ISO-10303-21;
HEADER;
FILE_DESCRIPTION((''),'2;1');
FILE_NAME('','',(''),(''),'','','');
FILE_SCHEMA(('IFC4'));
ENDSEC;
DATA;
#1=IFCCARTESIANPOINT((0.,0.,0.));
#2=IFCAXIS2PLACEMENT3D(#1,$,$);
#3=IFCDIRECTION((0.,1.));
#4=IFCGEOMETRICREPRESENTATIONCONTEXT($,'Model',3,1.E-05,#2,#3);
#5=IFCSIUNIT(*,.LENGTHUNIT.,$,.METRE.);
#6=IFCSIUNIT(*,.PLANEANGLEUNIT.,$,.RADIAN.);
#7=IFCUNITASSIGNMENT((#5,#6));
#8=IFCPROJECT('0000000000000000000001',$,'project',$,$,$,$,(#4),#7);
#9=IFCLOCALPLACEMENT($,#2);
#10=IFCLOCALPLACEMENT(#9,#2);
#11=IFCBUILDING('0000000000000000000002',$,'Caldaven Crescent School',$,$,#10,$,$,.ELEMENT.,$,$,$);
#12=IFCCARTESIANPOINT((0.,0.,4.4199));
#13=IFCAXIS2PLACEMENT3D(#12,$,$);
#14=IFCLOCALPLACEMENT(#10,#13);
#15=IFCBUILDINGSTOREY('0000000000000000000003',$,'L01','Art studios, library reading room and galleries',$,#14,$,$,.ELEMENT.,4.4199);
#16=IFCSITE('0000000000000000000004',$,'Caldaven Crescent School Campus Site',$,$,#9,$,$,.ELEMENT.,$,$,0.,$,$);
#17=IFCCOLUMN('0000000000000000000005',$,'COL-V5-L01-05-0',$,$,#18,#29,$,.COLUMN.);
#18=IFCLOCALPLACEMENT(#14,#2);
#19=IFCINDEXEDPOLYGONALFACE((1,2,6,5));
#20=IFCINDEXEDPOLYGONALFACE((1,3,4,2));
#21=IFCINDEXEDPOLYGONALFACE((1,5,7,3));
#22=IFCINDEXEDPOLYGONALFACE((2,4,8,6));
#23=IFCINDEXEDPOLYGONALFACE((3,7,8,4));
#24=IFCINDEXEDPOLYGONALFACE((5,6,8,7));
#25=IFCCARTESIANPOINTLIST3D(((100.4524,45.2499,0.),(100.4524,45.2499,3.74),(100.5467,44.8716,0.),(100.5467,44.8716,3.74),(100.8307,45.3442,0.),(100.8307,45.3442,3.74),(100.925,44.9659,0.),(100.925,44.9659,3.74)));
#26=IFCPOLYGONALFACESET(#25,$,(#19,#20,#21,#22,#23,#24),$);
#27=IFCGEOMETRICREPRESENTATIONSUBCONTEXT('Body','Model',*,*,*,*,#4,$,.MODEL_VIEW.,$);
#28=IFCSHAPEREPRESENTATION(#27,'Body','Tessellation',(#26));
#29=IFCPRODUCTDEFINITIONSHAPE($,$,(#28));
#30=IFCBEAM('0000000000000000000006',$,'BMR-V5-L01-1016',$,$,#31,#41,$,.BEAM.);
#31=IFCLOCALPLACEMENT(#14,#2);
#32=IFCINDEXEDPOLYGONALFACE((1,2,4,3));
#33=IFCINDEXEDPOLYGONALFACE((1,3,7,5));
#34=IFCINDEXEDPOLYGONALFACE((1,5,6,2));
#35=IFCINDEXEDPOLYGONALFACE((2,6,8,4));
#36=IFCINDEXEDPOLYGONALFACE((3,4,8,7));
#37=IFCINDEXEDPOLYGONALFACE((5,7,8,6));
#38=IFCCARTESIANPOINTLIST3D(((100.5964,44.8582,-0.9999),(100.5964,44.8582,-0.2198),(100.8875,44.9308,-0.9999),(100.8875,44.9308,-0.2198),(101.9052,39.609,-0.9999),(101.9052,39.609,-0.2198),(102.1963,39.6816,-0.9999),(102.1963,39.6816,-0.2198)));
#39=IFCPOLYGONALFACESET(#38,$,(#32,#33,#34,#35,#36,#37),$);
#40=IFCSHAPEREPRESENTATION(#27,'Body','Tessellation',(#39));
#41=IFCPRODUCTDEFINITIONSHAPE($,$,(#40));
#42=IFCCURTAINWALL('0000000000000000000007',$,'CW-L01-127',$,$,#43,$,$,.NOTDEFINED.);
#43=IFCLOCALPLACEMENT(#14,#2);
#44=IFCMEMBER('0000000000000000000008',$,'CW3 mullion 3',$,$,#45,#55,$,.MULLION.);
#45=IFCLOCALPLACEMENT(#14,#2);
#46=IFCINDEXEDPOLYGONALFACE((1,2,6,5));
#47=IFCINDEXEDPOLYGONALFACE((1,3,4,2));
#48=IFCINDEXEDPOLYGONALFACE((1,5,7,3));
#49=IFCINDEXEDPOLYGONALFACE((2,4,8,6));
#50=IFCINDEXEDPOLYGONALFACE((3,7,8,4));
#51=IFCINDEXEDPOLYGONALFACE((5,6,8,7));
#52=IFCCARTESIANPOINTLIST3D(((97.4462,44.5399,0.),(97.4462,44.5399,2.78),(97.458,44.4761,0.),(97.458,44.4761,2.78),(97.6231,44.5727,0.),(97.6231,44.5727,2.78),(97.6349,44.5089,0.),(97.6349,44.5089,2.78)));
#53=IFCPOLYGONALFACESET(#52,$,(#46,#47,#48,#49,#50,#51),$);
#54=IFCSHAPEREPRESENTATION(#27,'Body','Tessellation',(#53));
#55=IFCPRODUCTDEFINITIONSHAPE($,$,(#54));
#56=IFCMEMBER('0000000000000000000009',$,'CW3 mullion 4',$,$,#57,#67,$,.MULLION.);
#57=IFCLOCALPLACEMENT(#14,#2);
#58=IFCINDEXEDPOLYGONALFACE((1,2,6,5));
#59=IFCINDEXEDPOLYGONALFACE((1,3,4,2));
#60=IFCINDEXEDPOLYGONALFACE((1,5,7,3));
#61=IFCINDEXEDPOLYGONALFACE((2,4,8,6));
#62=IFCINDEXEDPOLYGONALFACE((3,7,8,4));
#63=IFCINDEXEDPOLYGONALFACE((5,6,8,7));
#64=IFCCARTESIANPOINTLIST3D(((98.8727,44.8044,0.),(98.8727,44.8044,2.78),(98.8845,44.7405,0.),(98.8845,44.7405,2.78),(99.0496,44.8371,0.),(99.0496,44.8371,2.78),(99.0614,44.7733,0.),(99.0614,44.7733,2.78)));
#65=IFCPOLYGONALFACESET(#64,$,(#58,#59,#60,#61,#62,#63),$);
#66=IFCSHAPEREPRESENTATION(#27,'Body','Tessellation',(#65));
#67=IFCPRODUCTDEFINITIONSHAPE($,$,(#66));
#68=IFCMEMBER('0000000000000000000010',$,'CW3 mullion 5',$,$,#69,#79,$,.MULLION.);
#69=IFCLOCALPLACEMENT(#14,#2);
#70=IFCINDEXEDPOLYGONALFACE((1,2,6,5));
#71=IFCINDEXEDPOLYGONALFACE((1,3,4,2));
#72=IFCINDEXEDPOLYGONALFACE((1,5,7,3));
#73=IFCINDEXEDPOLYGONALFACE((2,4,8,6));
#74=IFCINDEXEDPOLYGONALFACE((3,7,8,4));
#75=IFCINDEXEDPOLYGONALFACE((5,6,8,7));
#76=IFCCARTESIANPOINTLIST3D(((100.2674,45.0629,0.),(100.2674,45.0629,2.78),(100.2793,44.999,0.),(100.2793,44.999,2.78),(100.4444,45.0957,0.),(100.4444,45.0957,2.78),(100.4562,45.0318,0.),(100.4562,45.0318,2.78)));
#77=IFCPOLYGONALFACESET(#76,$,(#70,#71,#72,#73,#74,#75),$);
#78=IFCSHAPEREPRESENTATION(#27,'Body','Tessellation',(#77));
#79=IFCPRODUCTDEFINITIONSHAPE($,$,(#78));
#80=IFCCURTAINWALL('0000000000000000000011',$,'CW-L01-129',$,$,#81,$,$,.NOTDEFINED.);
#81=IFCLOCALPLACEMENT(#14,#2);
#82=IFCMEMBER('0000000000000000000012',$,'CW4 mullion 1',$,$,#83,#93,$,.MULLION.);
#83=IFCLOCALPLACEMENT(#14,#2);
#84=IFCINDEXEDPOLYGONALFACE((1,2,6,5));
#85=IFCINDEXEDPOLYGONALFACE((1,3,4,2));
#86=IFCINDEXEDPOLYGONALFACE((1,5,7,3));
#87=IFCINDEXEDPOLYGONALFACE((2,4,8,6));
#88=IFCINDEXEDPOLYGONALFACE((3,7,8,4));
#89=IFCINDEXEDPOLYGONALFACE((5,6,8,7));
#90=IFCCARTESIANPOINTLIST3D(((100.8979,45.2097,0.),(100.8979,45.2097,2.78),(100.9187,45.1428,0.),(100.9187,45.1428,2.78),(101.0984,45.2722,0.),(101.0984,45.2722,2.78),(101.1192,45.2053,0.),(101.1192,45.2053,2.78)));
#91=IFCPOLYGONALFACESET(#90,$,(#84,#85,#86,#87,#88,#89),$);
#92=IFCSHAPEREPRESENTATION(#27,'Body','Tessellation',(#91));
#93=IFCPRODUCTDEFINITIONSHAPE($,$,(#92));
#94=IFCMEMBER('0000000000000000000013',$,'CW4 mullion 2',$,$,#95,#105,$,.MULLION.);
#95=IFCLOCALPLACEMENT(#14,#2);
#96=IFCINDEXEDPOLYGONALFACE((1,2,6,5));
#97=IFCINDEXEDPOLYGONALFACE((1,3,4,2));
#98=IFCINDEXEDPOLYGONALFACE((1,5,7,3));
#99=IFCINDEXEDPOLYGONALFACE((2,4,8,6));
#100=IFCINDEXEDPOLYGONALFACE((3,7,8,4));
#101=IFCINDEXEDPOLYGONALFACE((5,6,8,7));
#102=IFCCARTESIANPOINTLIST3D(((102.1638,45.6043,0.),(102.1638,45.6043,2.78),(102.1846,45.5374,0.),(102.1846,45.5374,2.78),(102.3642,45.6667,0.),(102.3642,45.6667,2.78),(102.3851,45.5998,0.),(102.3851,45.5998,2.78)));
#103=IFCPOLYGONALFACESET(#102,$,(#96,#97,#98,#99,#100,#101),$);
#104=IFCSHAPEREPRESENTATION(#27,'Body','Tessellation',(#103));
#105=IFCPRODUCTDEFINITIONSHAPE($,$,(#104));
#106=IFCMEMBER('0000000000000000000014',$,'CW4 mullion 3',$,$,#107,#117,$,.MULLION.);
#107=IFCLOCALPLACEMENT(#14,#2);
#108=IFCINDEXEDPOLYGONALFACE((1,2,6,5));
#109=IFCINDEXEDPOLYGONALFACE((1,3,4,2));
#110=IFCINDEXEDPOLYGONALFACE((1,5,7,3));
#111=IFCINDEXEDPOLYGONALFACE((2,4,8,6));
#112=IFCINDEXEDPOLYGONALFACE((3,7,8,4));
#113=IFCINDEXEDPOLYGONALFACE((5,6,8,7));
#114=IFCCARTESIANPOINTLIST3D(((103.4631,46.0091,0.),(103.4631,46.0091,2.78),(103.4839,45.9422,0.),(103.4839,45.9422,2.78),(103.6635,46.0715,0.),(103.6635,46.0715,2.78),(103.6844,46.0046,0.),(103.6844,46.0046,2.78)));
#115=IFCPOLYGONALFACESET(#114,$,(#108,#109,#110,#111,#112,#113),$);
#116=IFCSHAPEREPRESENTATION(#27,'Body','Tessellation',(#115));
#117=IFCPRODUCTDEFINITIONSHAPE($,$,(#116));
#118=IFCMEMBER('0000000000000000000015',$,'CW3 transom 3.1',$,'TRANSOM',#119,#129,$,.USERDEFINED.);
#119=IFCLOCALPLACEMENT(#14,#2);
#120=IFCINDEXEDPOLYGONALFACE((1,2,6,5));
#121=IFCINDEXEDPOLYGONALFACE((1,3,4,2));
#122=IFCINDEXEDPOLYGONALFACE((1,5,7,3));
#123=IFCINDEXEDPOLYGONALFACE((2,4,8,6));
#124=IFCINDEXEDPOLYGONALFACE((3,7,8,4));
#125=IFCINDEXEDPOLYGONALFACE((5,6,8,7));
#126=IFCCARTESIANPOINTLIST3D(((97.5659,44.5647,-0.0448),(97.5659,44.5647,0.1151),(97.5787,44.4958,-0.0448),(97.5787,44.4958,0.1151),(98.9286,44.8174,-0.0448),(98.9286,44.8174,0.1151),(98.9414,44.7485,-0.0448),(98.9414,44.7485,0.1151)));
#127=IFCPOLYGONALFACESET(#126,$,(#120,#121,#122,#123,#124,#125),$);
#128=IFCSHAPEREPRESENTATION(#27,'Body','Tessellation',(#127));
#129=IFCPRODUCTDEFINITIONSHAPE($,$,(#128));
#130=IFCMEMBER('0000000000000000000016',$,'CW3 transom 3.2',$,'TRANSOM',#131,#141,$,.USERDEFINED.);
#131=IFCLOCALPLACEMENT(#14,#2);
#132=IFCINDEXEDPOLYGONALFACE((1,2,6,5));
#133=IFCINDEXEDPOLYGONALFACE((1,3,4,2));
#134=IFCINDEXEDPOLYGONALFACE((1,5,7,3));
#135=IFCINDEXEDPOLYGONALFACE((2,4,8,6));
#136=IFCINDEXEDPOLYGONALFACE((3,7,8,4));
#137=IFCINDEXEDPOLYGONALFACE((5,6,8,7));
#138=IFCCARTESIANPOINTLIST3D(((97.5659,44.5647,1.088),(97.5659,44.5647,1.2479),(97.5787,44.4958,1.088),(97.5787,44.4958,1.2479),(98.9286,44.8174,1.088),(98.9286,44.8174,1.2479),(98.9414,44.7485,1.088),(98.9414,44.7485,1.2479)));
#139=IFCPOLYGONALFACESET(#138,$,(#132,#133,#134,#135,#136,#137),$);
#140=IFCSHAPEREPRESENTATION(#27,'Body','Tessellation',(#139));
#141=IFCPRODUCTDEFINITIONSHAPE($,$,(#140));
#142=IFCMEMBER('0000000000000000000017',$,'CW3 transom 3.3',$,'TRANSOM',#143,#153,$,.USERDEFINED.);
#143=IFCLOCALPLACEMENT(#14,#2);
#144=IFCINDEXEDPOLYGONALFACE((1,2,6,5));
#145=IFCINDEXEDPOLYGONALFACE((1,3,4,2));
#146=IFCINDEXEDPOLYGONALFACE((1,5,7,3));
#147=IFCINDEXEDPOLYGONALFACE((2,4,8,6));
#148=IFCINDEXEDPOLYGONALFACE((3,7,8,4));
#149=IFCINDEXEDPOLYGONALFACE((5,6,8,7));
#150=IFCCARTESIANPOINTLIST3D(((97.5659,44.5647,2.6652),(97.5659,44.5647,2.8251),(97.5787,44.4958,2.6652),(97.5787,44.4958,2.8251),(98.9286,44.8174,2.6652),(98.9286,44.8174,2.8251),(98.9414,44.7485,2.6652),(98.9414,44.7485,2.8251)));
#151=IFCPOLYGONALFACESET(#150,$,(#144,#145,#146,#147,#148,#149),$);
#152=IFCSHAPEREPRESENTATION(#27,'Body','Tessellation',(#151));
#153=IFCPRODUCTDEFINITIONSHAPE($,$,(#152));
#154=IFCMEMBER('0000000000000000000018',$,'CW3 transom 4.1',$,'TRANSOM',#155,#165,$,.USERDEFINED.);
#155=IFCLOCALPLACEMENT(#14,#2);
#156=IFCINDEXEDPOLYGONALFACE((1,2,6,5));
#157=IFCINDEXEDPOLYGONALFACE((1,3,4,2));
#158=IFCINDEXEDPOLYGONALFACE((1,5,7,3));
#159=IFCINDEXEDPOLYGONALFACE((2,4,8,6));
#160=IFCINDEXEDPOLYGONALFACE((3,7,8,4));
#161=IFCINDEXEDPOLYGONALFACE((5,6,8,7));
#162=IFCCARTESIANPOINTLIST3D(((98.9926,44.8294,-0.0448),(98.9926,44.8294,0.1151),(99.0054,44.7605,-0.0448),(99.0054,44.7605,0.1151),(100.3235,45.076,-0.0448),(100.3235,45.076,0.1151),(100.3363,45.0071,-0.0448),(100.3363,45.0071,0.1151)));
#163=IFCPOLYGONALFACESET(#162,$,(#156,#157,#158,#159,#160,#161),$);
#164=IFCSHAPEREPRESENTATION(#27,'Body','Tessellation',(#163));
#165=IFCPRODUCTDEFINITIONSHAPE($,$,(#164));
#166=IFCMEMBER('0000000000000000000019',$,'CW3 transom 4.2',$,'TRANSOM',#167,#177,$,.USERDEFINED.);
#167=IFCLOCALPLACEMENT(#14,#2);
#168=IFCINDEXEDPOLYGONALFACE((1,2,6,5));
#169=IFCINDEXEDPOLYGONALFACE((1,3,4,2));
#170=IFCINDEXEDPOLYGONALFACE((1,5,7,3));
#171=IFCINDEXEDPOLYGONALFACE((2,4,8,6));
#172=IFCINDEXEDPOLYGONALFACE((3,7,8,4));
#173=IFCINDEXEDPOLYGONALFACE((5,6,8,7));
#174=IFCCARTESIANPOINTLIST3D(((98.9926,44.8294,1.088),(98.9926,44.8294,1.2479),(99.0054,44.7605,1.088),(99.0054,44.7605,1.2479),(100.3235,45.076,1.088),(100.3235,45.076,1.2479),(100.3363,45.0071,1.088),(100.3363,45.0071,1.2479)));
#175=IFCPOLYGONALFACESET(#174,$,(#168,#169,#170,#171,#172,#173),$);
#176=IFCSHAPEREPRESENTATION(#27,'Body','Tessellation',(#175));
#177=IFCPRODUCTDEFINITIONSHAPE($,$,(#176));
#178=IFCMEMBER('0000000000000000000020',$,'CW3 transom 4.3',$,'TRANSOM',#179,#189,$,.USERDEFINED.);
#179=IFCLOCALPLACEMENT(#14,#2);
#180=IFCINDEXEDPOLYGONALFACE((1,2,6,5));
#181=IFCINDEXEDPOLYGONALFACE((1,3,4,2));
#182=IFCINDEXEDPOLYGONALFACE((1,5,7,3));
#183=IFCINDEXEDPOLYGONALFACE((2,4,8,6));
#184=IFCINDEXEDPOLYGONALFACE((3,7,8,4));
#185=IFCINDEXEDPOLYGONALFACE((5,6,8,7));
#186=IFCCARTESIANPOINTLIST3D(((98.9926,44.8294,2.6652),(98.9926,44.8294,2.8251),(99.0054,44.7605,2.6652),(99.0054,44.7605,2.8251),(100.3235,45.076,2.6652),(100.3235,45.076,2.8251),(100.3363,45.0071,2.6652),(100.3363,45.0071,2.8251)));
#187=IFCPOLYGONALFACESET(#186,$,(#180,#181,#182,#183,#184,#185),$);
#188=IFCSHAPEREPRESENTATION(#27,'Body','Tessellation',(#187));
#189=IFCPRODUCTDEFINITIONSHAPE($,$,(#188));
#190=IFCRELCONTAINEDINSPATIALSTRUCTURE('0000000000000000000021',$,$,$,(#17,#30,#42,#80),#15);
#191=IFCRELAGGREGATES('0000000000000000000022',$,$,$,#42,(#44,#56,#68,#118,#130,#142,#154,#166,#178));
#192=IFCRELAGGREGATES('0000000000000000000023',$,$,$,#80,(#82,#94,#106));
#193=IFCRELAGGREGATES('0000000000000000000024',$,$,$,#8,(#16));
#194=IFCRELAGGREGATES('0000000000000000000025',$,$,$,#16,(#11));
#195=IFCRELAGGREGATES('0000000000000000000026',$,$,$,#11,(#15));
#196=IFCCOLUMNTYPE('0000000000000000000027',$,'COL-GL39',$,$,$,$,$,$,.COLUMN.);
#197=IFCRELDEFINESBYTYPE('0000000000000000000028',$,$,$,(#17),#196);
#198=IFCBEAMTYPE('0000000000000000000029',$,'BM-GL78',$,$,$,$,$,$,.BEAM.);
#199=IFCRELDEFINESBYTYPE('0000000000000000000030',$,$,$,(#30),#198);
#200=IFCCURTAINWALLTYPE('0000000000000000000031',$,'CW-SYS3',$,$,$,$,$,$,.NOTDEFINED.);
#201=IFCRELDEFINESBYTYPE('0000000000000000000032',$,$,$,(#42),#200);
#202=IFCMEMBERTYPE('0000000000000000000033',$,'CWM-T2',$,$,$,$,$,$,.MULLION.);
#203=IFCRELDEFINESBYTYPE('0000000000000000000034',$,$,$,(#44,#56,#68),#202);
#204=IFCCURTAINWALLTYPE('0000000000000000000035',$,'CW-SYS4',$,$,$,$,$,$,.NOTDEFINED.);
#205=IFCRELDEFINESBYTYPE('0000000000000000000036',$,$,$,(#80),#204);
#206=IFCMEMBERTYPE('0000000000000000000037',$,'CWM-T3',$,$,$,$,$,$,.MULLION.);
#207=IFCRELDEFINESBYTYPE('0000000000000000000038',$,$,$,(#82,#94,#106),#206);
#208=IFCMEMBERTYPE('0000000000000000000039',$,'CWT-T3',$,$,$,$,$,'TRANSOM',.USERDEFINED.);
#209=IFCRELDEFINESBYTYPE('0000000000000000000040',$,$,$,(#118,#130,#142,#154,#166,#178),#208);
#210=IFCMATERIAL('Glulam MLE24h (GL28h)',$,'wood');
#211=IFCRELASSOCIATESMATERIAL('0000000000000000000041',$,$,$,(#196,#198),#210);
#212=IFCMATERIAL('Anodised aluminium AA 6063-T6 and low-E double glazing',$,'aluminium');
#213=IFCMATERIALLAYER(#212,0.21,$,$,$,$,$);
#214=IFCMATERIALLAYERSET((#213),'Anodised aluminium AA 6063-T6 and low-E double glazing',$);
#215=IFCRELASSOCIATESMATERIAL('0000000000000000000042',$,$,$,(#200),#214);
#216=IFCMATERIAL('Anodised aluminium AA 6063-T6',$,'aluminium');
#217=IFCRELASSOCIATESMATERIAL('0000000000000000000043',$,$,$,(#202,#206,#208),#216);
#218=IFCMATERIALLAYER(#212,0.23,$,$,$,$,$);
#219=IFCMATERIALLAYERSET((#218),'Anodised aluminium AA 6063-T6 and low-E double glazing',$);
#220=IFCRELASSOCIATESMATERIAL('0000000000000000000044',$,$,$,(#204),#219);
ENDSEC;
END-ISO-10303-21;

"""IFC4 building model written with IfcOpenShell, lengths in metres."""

from ifc_helpers import new_model, si_unit, direction, frame, origin, origin_2d, place, context, subcontext, project, spatial, rectangle, extrude, material, layer, layer_set, material_profile, profile_set, type_object, element, aggregate, save


model = new_model("IFC4")

# Units and contexts
model_context = context("Model", 3, precision=1e-05, world=origin(), true_north=direction((0.0, 1.0)))
body_context = subcontext(model_context, "Body", "Model", "MODEL_VIEW")
ifc_project = project(units=[si_unit("LENGTHUNIT", "METRE"), si_unit("PLANEANGLEUNIT", "RADIAN")], contexts=[model_context])

# Site, building, storey
site_placement = place(None, origin())
site = spatial("IfcSite", under=ifc_project, at=site_placement, Name="Caldaven Crescent School Campus Site", CompositionType="ELEMENT", RefElevation=0.0)
building_placement = place(site_placement, origin())
building = spatial("IfcBuilding", under=site, at=building_placement, Name="Caldaven Crescent School", CompositionType="ELEMENT")
storey_placement = place(building_placement, frame((0.0, 0.0, 4.4199)))
storey = spatial("IfcBuildingStorey", under=building, at=storey_placement, Name="L01", Description="Art studios, library reading room and galleries", CompositionType="ELEMENT", Elevation=4.4199)

# Column
ifc_material_1 = material(Name="Glulam MLE24h (GL28h)", Category="wood")
ifc_material_profile_1 = material_profile(ifc_material_1, rectangle(XDim=0.3899, YDim=0.3899, at=origin_2d()), Name="MLE 390x390")
ifc_profile_set_1 = profile_set([ifc_material_profile_1], Name="Glulam MLE24h (GL28h)")
column_type = type_object("IfcColumnType", Name="COL-GL39", PredefinedType="COLUMN", material=ifc_profile_set_1)
column_placement = place(storey_placement, frame((100.6887, 45.1079, 0.0), z_axis=(0.0, 0.0, 1.0), x_axis=(0.241922, -0.970296, 0.0)))
element("IfcColumn", 1, at=column_placement, inside=storey, type_object=column_type, Name="COL-V5-L01-05-0", PredefinedType="COLUMN", context=body_context, shape_type="SweptSolid", body=[
    extrude(rectangle(XDim=0.3899, YDim=0.3899, at=origin_2d()), origin(), (0.0, 0.0, 1.0), 3.74),
])

# Beam
ifc_material_profile_2 = material_profile(ifc_material_1, rectangle(XDim=0.3, YDim=0.78, at=origin_2d()), Name="MLE 300x780")
ifc_profile_set_2 = profile_set([ifc_material_profile_2], Name="Glulam MLE24h (GL28h)")
beam_type_1 = type_object("IfcBeamType", Name="BM-GL78", PredefinedType="BEAM", material=ifc_profile_set_2)
beam_1_placement = place(storey_placement, frame((100.7419, 44.8945, -0.6099), z_axis=(0.24193, -0.970294, 0.0), x_axis=(0.970294, 0.24193, 0.0)))
element("IfcBeam", 2, at=beam_1_placement, inside=storey, type_object=beam_type_1, Name="BMR-V5-L01-1016", PredefinedType="BEAM", context=body_context, shape_type="SweptSolid", body=[
    extrude(rectangle(XDim=0.3, YDim=0.78, at=origin_2d()), origin(), (0.0, 0.0, 1.0), 5.4099),
])

# Curtain walls, members
ifc_material_2 = material(Name="Anodised aluminium AA 6063-T6 and low-E double glazing", Category="aluminium")
ifc_layer_1 = layer(ifc_material_2, 0.21)
ifc_layer_set_1 = layer_set([ifc_layer_1], Name="Anodised aluminium AA 6063-T6 and low-E double glazing")
curtain_wall_type_1 = type_object("IfcCurtainWallType", Name="CW-SYS3", PredefinedType="NOTDEFINED", material=ifc_layer_set_1)
curtain_wall_1_placement = place(storey_placement, origin())
curtain_wall_1 = element("IfcCurtainWall", 3, at=curtain_wall_1_placement, inside=storey, type_object=curtain_wall_type_1, Name="CW-L01-127", PredefinedType="NOTDEFINED")
ifc_material_3 = material(Name="Anodised aluminium AA 6063-T6", Category="aluminium")
ifc_material_profile_3 = material_profile(ifc_material_3, rectangle(XDim=0.0649, YDim=0.1799, at=origin_2d()), Name="CWM 65x180")
ifc_profile_set_3 = profile_set([ifc_material_profile_3], Name="Anodised aluminium AA 6063-T6")
member_type_1 = type_object("IfcMemberType", Name="CWM-T2", PredefinedType="MULLION", material=ifc_profile_set_3)
member_1_placement = place(storey_placement, frame((97.5405, 44.5244, 0.0), z_axis=(0.0, 0.0, 1.0), x_axis=(-0.182236, 0.983255, 0.0)))
member_1 = element("IfcMember", 4, at=member_1_placement, type_object=member_type_1, Name="CW3 mullion 3", PredefinedType="MULLION", context=body_context, shape_type="SweptSolid", body=[
    extrude(rectangle(XDim=0.0649, YDim=0.1799, at=origin_2d()), origin(), (0.0, 0.0, 1.0), 2.78),
])
member_2_placement = place(storey_placement, frame((98.967, 44.7888, 0.0), z_axis=(0.0, 0.0, 1.0), x_axis=(-0.182236, 0.983255, 0.0)))
member_2 = element("IfcMember", 5, at=member_2_placement, type_object=member_type_1, Name="CW3 mullion 4", PredefinedType="MULLION", context=body_context, shape_type="SweptSolid", body=[
    extrude(rectangle(XDim=0.0649, YDim=0.1799, at=origin_2d()), origin(), (0.0, 0.0, 1.0), 2.78),
])
member_3_placement = place(storey_placement, frame((100.3618, 45.0474, 0.0), z_axis=(0.0, 0.0, 1.0), x_axis=(-0.182236, 0.983255, 0.0)))
member_3 = element("IfcMember", 6, at=member_3_placement, type_object=member_type_1, Name="CW3 mullion 5", PredefinedType="MULLION", context=body_context, shape_type="SweptSolid", body=[
    extrude(rectangle(XDim=0.0649, YDim=0.1799, at=origin_2d()), origin(), (0.0, 0.0, 1.0), 2.78),
])
ifc_layer_2 = layer(ifc_material_2, 0.23)
ifc_layer_set_2 = layer_set([ifc_layer_2], Name="Anodised aluminium AA 6063-T6 and low-E double glazing")
curtain_wall_type_2 = type_object("IfcCurtainWallType", Name="CW-SYS4", PredefinedType="NOTDEFINED", material=ifc_layer_set_2)
curtain_wall_2_placement = place(storey_placement, origin())
curtain_wall_2 = element("IfcCurtainWall", 7, at=curtain_wall_2_placement, inside=storey, type_object=curtain_wall_type_2, Name="CW-L01-129", PredefinedType="NOTDEFINED")
ifc_material_profile_4 = material_profile(ifc_material_3, rectangle(XDim=0.0701, YDim=0.21, at=origin_2d()), Name="CWM 70x210")
ifc_profile_set_4 = profile_set([ifc_material_profile_4], Name="Anodised aluminium AA 6063-T6")
member_type_2 = type_object("IfcMemberType", Name="CWM-T3", PredefinedType="MULLION", material=ifc_profile_set_4)
member_4_placement = place(storey_placement, frame((101.0085, 45.2075, 0.0), z_axis=(0.0, 0.0, 1.0), x_axis=(-0.29742, 0.954747, 0.0)))
member_4 = element("IfcMember", 8, at=member_4_placement, type_object=member_type_2, Name="CW4 mullion 1", PredefinedType="MULLION", context=body_context, shape_type="SweptSolid", body=[
    extrude(rectangle(XDim=0.0701, YDim=0.21, at=origin_2d()), origin(), (0.0, 0.0, 1.0), 2.78),
])
member_5_placement = place(storey_placement, frame((102.2744, 45.6021, 0.0), z_axis=(0.0, 0.0, 1.0), x_axis=(-0.29742, 0.954747, 0.0)))
member_5 = element("IfcMember", 9, at=member_5_placement, type_object=member_type_2, Name="CW4 mullion 2", PredefinedType="MULLION", context=body_context, shape_type="SweptSolid", body=[
    extrude(rectangle(XDim=0.0701, YDim=0.21, at=origin_2d()), origin(), (0.0, 0.0, 1.0), 2.78),
])
member_6_placement = place(storey_placement, frame((103.5737, 46.0068, 0.0), z_axis=(0.0, 0.0, 1.0), x_axis=(-0.29742, 0.954747, 0.0)))
member_6 = element("IfcMember", 10, at=member_6_placement, type_object=member_type_2, Name="CW4 mullion 3", PredefinedType="MULLION", context=body_context, shape_type="SweptSolid", body=[
    extrude(rectangle(XDim=0.0701, YDim=0.21, at=origin_2d()), origin(), (0.0, 0.0, 1.0), 2.78),
])

# Members
ifc_material_profile_5 = material_profile(ifc_material_3, rectangle(XDim=0.0701, YDim=0.1599, at=origin_2d()), Name="CWT 70x160")
ifc_profile_set_5 = profile_set([ifc_material_profile_5], Name="Anodised aluminium AA 6063-T6")
member_type_3 = type_object("IfcMemberType", Name="CWT-T3", ElementType="TRANSOM", PredefinedType="USERDEFINED", material=ifc_profile_set_5)
member_7_placement = place(storey_placement, frame((97.5723, 44.5303, 0.0352), z_axis=(0.983241, 0.18231, 0.0), x_axis=(-0.18231, 0.983241, 0.0)))
member_7 = element("IfcMember", 11, at=member_7_placement, type_object=member_type_3, Name="CW3 transom 3.1", ObjectType="TRANSOM", PredefinedType="USERDEFINED", context=body_context, shape_type="SweptSolid", body=[
    extrude(rectangle(XDim=0.0701, YDim=0.1599, at=origin_2d()), origin(), (0.0, 0.0, 1.0), 1.386),
])
member_8_placement = place(storey_placement, frame((97.5723, 44.5303, 1.168), z_axis=(0.983241, 0.18231, 0.0), x_axis=(-0.18231, 0.983241, 0.0)))
member_8 = element("IfcMember", 12, at=member_8_placement, type_object=member_type_3, Name="CW3 transom 3.2", ObjectType="TRANSOM", PredefinedType="USERDEFINED", context=body_context, shape_type="SweptSolid", body=[
    extrude(rectangle(XDim=0.0701, YDim=0.1599, at=origin_2d()), origin(), (0.0, 0.0, 1.0), 1.386),
])
member_9_placement = place(storey_placement, frame((97.5723, 44.5303, 2.7451), z_axis=(0.983241, 0.18231, 0.0), x_axis=(-0.18231, 0.983241, 0.0)))
member_9 = element("IfcMember", 13, at=member_9_placement, type_object=member_type_3, Name="CW3 transom 3.3", ObjectType="TRANSOM", PredefinedType="USERDEFINED", context=body_context, shape_type="SweptSolid", body=[
    extrude(rectangle(XDim=0.0701, YDim=0.1599, at=origin_2d()), origin(), (0.0, 0.0, 1.0), 1.386),
])
member_10_placement = place(storey_placement, frame((98.999, 44.7949, 0.0352), z_axis=(0.983264, 0.182186, 0.0), x_axis=(-0.182186, 0.983264, 0.0)))
member_10 = element("IfcMember", 14, at=member_10_placement, type_object=member_type_3, Name="CW3 transom 4.1", ObjectType="TRANSOM", PredefinedType="USERDEFINED", context=body_context, shape_type="SweptSolid", body=[
    extrude(rectangle(XDim=0.0701, YDim=0.1599, at=origin_2d()), origin(), (0.0, 0.0, 1.0), 1.3535),
])
member_11_placement = place(storey_placement, frame((98.999, 44.7949, 1.168), z_axis=(0.983264, 0.182186, 0.0), x_axis=(-0.182186, 0.983264, 0.0)))
member_11 = element("IfcMember", 15, at=member_11_placement, type_object=member_type_3, Name="CW3 transom 4.2", ObjectType="TRANSOM", PredefinedType="USERDEFINED", context=body_context, shape_type="SweptSolid", body=[
    extrude(rectangle(XDim=0.0701, YDim=0.1599, at=origin_2d()), origin(), (0.0, 0.0, 1.0), 1.3535),
])
member_12_placement = place(storey_placement, frame((98.999, 44.7949, 2.7451), z_axis=(0.983264, 0.182186, 0.0), x_axis=(-0.182186, 0.983264, 0.0)))
member_12 = element("IfcMember", 16, at=member_12_placement, type_object=member_type_3, Name="CW3 transom 4.3", ObjectType="TRANSOM", PredefinedType="USERDEFINED", context=body_context, shape_type="SweptSolid", body=[
    extrude(rectangle(XDim=0.0701, YDim=0.1599, at=origin_2d()), origin(), (0.0, 0.0, 1.0), 1.3535),
])

aggregate(curtain_wall_1, [member_1, member_2, member_3, member_7, member_8, member_9, member_10, member_11, member_12])
aggregate(curtain_wall_2, [member_4, member_5, member_6])

save(model, "model.ifc")
